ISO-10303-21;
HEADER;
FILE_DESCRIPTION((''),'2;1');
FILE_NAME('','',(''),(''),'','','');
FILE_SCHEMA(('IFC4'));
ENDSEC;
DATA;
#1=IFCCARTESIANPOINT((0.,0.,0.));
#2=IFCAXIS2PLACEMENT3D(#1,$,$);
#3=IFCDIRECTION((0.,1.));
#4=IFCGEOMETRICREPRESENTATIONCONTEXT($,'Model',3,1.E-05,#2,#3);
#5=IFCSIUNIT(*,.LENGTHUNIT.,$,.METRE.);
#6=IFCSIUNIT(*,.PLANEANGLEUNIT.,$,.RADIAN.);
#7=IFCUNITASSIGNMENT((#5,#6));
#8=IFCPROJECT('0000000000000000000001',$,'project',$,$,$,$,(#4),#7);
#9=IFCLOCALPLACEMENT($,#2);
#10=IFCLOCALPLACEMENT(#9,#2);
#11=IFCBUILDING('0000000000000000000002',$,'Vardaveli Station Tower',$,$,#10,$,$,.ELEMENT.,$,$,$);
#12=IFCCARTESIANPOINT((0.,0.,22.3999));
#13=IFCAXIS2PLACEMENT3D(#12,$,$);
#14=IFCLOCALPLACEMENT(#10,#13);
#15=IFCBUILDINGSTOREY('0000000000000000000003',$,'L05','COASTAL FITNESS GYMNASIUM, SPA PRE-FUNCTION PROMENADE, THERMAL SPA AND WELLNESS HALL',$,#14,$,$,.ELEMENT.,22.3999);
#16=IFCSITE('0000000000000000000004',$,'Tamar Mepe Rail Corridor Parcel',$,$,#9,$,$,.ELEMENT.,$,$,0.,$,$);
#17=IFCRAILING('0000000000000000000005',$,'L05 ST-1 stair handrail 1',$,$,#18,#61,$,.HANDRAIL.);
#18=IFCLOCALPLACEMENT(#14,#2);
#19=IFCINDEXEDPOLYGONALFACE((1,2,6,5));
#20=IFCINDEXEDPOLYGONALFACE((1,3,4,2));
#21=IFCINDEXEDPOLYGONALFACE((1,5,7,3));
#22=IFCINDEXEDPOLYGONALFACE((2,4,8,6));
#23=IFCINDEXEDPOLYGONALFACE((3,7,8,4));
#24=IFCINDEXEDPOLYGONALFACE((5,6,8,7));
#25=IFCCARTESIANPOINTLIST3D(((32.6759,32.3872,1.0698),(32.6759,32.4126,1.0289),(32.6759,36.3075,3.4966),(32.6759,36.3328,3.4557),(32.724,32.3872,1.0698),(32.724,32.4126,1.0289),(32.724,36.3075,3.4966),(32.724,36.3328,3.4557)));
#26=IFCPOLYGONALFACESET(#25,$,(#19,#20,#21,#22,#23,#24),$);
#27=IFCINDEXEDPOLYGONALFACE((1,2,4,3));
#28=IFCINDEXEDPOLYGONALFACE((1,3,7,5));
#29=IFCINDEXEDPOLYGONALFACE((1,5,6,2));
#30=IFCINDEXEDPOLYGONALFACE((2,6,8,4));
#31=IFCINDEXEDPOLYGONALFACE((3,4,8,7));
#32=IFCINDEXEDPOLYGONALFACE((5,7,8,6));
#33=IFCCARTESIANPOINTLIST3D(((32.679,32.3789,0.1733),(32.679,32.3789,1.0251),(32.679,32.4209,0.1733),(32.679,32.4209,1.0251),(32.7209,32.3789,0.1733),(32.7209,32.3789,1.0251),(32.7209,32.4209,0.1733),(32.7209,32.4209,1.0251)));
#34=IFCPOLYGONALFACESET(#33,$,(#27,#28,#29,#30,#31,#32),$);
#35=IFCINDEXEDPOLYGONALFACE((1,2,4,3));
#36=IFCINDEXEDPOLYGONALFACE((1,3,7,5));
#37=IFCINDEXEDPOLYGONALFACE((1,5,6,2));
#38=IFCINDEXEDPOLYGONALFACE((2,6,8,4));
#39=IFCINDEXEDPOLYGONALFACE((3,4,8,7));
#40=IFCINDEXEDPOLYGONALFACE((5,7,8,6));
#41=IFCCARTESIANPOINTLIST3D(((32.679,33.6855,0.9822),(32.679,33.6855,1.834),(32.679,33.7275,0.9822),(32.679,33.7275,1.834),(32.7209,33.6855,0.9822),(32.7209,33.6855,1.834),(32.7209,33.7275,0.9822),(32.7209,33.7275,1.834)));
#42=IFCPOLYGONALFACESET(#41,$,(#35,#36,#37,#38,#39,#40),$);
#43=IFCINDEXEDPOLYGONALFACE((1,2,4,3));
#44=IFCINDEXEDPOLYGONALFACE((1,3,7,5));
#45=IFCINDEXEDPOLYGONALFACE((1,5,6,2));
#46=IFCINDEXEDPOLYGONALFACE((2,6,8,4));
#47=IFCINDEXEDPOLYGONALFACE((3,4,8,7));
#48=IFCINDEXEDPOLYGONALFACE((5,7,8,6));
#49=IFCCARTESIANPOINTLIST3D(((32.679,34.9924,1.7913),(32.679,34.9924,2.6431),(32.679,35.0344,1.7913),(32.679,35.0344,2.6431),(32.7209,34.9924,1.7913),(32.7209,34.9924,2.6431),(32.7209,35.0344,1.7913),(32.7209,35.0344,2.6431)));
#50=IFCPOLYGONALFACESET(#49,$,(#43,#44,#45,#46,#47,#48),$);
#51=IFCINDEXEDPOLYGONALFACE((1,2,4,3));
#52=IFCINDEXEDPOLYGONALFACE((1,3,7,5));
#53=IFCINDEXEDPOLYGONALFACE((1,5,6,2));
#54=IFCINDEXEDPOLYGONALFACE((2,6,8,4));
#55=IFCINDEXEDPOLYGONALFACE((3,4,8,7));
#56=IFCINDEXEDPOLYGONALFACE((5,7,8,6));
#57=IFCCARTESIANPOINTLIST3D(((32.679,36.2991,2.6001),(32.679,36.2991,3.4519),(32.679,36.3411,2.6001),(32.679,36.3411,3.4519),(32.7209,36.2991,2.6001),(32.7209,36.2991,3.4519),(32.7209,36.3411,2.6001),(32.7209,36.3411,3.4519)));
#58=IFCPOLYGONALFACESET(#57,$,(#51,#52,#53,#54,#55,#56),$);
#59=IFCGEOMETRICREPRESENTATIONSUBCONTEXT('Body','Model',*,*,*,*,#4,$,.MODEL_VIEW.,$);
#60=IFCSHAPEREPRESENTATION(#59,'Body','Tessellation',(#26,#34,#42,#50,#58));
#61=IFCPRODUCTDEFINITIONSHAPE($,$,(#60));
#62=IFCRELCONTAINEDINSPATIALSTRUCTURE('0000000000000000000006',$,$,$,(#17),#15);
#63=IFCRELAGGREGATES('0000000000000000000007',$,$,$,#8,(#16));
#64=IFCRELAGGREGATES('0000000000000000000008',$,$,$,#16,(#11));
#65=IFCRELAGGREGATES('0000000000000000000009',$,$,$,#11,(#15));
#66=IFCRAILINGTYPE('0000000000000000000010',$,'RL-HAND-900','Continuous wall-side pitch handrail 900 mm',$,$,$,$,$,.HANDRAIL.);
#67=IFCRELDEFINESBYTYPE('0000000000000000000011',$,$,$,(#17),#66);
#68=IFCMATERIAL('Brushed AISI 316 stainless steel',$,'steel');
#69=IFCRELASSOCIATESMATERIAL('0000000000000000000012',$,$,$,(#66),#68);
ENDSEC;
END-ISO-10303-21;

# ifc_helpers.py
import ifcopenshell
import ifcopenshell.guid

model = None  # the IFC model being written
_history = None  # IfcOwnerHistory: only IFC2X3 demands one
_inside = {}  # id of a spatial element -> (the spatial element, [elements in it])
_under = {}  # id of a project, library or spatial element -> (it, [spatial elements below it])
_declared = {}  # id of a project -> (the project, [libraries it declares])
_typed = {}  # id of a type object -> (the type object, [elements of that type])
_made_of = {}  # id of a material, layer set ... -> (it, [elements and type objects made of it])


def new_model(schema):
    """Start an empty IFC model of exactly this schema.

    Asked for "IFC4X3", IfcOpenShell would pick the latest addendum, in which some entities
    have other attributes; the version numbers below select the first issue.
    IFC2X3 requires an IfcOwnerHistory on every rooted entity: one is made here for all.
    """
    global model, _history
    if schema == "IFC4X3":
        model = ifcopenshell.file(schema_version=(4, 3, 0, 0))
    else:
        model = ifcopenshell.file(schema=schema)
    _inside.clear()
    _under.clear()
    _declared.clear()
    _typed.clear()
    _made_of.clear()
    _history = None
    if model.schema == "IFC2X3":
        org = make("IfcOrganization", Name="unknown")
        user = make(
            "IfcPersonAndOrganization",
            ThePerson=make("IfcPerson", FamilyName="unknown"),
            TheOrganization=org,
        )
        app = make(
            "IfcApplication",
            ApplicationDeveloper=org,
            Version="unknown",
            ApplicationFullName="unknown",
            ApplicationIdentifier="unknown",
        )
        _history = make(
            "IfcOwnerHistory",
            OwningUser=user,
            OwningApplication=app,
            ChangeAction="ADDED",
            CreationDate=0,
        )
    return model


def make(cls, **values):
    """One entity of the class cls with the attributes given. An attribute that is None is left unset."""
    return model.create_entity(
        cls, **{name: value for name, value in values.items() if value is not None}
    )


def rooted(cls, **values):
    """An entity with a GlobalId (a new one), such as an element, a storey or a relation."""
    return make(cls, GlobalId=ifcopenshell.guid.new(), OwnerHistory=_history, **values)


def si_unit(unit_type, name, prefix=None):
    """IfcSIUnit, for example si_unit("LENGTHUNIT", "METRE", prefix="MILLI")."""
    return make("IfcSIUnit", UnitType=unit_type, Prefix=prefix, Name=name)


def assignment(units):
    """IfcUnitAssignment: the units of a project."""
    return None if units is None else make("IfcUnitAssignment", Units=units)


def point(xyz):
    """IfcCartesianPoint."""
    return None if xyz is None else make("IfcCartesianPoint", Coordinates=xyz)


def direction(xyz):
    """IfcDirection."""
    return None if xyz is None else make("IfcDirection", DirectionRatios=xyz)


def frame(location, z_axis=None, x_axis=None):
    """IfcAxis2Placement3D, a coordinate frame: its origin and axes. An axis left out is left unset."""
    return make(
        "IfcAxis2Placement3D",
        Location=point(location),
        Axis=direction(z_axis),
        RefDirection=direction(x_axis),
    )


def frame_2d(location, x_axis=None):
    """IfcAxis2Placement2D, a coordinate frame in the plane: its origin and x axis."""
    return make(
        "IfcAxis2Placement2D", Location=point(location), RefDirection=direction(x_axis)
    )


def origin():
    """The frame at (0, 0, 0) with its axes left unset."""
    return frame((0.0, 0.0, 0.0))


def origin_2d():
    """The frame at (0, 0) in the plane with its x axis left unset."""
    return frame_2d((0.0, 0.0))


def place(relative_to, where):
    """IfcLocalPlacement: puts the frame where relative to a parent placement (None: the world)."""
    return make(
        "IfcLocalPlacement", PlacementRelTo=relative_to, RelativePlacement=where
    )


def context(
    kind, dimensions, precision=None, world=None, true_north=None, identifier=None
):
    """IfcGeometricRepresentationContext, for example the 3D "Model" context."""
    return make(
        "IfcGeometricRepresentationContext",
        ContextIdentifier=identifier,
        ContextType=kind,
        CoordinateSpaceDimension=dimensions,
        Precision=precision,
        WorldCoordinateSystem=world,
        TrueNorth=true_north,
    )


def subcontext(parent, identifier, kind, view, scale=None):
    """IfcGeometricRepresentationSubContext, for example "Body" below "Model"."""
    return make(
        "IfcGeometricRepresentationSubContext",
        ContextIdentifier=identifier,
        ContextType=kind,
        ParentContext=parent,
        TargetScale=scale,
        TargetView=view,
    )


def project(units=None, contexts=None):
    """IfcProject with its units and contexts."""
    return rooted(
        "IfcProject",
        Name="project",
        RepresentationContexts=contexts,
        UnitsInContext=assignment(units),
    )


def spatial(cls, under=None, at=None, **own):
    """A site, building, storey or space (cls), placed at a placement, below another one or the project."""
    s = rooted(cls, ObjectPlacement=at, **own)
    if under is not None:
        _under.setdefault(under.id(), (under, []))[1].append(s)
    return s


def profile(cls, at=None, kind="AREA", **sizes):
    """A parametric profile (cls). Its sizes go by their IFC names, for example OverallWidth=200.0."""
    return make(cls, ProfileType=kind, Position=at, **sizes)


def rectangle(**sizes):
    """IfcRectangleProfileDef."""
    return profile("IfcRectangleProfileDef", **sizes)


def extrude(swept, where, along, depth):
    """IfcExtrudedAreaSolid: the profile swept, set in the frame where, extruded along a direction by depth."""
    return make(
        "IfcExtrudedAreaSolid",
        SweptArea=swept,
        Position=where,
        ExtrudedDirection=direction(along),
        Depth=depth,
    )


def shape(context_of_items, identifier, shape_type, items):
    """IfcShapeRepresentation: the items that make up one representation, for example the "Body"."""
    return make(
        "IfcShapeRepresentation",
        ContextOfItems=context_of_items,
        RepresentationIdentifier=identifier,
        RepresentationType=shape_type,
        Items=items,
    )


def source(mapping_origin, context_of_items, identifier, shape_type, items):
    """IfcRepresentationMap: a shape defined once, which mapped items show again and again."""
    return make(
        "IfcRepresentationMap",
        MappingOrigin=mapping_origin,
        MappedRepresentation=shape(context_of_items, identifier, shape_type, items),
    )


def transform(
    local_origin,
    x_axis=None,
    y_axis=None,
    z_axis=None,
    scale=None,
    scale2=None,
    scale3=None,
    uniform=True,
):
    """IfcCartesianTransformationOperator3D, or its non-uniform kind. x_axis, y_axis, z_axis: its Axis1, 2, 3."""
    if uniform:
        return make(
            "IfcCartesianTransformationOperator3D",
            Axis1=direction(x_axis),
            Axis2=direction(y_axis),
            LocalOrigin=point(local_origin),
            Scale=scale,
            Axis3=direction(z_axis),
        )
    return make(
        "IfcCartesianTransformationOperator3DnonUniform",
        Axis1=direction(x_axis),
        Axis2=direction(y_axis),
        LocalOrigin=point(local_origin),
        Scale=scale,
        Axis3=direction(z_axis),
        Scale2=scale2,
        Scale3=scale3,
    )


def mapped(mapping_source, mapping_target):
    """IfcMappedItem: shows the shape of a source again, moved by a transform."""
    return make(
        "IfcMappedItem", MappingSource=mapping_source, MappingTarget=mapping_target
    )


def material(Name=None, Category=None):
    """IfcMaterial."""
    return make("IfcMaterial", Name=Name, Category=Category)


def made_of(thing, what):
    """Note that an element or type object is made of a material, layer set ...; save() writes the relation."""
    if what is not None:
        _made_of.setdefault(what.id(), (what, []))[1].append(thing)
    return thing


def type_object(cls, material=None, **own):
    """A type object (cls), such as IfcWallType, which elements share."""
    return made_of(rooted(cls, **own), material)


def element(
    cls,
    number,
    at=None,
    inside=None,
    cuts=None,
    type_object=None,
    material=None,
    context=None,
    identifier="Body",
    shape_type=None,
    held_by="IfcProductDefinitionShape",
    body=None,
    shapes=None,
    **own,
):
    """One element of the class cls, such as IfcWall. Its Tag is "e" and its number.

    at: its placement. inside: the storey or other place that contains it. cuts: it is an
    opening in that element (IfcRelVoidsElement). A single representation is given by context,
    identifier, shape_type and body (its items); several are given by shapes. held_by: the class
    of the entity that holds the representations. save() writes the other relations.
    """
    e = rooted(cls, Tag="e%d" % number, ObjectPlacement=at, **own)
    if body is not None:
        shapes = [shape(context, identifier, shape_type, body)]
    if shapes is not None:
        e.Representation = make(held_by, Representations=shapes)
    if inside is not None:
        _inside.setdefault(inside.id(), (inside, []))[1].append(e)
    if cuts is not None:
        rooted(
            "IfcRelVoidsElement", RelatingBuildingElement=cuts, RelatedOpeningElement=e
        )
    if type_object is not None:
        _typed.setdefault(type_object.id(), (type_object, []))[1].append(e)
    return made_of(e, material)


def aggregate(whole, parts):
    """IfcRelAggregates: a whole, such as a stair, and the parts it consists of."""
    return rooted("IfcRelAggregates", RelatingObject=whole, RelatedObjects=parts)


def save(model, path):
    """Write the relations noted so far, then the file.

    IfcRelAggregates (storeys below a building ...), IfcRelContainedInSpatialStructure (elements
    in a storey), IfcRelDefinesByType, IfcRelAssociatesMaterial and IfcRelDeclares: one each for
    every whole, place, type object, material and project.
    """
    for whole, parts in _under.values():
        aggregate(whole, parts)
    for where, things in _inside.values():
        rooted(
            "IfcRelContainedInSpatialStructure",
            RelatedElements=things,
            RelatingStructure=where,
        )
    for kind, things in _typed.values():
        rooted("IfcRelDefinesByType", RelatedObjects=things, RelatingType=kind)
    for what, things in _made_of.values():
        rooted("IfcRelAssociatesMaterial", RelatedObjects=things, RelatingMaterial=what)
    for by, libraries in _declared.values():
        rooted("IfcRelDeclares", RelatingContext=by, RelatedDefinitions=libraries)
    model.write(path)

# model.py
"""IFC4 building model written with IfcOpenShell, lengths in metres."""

from ifc_helpers import new_model, si_unit, direction, frame, origin, origin_2d, place, context, subcontext, project, spatial, rectangle, extrude, source, transform, mapped, material, type_object, element, save


model = new_model("IFC4")

# Units and contexts
model_context = context("Model", 3, precision=1e-05, world=origin(), true_north=direction((0.0, 1.0)))
body_context = subcontext(model_context, "Body", "Model", "MODEL_VIEW")
ifc_project = project(units=[si_unit("LENGTHUNIT", "METRE"), si_unit("PLANEANGLEUNIT", "RADIAN")], contexts=[model_context])

# Site, building, storey
site_placement = place(None, origin())
site = spatial("IfcSite", under=ifc_project, at=site_placement, Name="Tamar Mepe Rail Corridor Parcel", CompositionType="ELEMENT", RefElevation=0.0)
building_placement = place(site_placement, origin())
building = spatial("IfcBuilding", under=site, at=building_placement, Name="Vardaveli Station Tower", CompositionType="ELEMENT")
storey_placement = place(building_placement, frame((0.0, 0.0, 22.3999)))
storey = spatial("IfcBuildingStorey", under=building, at=storey_placement, Name="L05", Description="COASTAL FITNESS GYMNASIUM, SPA PRE-FUNCTION PROMENADE, THERMAL SPA AND WELLNESS HALL", CompositionType="ELEMENT", Elevation=22.3999)

# Railing
ifc_material_1 = material(Name="Brushed AISI 316 stainless steel", Category="steel")
railing_type_1 = type_object("IfcRailingType", Name="RL-HAND-900", Description="Continuous wall-side pitch handrail 900 mm", PredefinedType="HANDRAIL", material=ifc_material_1)
shared_shape_1 = source(origin(), body_context, "Body", "SweptSolid", [
    extrude(rectangle(XDim=0.0481, YDim=0.0481, at=origin_2d()), frame((0.0, 0.0, 0.876), z_axis=(0.0, 0.850266, 0.526353), x_axis=(-1.0, 0.0, 0.0)), (0.0, 0.0, 1.0), 4.6106),
    extrude(rectangle(XDim=0.042, YDim=0.042, at=origin_2d()), origin(), (0.0, 0.0, 1.0), 0.8518),
    extrude(rectangle(XDim=0.042, YDim=0.042, at=origin_2d()), frame((0.0, 1.3066, 0.8088)), (0.0, 0.0, 1.0), 0.8518),
    extrude(rectangle(XDim=0.042, YDim=0.042, at=origin_2d()), frame((0.0, 2.6135, 1.6179)), (0.0, 0.0, 1.0), 0.8518),
    extrude(rectangle(XDim=0.042, YDim=0.042, at=origin_2d()), frame((0.0, 3.9202, 2.4268)), (0.0, 0.0, 1.0), 0.8518),
])
railing_1_placement = place(storey_placement, frame((32.7, 32.3999, 0.1733)))
element("IfcRailing", 1, at=railing_1_placement, inside=storey, type_object=railing_type_1, Name="L05 ST-1 stair handrail 1", PredefinedType="HANDRAIL", context=body_context, shape_type="MappedRepresentation", body=[
    mapped(shared_shape_1, transform((0.0, 0.0, 0.0), scale=1.0)),
])

save(model, "model.ifc")
